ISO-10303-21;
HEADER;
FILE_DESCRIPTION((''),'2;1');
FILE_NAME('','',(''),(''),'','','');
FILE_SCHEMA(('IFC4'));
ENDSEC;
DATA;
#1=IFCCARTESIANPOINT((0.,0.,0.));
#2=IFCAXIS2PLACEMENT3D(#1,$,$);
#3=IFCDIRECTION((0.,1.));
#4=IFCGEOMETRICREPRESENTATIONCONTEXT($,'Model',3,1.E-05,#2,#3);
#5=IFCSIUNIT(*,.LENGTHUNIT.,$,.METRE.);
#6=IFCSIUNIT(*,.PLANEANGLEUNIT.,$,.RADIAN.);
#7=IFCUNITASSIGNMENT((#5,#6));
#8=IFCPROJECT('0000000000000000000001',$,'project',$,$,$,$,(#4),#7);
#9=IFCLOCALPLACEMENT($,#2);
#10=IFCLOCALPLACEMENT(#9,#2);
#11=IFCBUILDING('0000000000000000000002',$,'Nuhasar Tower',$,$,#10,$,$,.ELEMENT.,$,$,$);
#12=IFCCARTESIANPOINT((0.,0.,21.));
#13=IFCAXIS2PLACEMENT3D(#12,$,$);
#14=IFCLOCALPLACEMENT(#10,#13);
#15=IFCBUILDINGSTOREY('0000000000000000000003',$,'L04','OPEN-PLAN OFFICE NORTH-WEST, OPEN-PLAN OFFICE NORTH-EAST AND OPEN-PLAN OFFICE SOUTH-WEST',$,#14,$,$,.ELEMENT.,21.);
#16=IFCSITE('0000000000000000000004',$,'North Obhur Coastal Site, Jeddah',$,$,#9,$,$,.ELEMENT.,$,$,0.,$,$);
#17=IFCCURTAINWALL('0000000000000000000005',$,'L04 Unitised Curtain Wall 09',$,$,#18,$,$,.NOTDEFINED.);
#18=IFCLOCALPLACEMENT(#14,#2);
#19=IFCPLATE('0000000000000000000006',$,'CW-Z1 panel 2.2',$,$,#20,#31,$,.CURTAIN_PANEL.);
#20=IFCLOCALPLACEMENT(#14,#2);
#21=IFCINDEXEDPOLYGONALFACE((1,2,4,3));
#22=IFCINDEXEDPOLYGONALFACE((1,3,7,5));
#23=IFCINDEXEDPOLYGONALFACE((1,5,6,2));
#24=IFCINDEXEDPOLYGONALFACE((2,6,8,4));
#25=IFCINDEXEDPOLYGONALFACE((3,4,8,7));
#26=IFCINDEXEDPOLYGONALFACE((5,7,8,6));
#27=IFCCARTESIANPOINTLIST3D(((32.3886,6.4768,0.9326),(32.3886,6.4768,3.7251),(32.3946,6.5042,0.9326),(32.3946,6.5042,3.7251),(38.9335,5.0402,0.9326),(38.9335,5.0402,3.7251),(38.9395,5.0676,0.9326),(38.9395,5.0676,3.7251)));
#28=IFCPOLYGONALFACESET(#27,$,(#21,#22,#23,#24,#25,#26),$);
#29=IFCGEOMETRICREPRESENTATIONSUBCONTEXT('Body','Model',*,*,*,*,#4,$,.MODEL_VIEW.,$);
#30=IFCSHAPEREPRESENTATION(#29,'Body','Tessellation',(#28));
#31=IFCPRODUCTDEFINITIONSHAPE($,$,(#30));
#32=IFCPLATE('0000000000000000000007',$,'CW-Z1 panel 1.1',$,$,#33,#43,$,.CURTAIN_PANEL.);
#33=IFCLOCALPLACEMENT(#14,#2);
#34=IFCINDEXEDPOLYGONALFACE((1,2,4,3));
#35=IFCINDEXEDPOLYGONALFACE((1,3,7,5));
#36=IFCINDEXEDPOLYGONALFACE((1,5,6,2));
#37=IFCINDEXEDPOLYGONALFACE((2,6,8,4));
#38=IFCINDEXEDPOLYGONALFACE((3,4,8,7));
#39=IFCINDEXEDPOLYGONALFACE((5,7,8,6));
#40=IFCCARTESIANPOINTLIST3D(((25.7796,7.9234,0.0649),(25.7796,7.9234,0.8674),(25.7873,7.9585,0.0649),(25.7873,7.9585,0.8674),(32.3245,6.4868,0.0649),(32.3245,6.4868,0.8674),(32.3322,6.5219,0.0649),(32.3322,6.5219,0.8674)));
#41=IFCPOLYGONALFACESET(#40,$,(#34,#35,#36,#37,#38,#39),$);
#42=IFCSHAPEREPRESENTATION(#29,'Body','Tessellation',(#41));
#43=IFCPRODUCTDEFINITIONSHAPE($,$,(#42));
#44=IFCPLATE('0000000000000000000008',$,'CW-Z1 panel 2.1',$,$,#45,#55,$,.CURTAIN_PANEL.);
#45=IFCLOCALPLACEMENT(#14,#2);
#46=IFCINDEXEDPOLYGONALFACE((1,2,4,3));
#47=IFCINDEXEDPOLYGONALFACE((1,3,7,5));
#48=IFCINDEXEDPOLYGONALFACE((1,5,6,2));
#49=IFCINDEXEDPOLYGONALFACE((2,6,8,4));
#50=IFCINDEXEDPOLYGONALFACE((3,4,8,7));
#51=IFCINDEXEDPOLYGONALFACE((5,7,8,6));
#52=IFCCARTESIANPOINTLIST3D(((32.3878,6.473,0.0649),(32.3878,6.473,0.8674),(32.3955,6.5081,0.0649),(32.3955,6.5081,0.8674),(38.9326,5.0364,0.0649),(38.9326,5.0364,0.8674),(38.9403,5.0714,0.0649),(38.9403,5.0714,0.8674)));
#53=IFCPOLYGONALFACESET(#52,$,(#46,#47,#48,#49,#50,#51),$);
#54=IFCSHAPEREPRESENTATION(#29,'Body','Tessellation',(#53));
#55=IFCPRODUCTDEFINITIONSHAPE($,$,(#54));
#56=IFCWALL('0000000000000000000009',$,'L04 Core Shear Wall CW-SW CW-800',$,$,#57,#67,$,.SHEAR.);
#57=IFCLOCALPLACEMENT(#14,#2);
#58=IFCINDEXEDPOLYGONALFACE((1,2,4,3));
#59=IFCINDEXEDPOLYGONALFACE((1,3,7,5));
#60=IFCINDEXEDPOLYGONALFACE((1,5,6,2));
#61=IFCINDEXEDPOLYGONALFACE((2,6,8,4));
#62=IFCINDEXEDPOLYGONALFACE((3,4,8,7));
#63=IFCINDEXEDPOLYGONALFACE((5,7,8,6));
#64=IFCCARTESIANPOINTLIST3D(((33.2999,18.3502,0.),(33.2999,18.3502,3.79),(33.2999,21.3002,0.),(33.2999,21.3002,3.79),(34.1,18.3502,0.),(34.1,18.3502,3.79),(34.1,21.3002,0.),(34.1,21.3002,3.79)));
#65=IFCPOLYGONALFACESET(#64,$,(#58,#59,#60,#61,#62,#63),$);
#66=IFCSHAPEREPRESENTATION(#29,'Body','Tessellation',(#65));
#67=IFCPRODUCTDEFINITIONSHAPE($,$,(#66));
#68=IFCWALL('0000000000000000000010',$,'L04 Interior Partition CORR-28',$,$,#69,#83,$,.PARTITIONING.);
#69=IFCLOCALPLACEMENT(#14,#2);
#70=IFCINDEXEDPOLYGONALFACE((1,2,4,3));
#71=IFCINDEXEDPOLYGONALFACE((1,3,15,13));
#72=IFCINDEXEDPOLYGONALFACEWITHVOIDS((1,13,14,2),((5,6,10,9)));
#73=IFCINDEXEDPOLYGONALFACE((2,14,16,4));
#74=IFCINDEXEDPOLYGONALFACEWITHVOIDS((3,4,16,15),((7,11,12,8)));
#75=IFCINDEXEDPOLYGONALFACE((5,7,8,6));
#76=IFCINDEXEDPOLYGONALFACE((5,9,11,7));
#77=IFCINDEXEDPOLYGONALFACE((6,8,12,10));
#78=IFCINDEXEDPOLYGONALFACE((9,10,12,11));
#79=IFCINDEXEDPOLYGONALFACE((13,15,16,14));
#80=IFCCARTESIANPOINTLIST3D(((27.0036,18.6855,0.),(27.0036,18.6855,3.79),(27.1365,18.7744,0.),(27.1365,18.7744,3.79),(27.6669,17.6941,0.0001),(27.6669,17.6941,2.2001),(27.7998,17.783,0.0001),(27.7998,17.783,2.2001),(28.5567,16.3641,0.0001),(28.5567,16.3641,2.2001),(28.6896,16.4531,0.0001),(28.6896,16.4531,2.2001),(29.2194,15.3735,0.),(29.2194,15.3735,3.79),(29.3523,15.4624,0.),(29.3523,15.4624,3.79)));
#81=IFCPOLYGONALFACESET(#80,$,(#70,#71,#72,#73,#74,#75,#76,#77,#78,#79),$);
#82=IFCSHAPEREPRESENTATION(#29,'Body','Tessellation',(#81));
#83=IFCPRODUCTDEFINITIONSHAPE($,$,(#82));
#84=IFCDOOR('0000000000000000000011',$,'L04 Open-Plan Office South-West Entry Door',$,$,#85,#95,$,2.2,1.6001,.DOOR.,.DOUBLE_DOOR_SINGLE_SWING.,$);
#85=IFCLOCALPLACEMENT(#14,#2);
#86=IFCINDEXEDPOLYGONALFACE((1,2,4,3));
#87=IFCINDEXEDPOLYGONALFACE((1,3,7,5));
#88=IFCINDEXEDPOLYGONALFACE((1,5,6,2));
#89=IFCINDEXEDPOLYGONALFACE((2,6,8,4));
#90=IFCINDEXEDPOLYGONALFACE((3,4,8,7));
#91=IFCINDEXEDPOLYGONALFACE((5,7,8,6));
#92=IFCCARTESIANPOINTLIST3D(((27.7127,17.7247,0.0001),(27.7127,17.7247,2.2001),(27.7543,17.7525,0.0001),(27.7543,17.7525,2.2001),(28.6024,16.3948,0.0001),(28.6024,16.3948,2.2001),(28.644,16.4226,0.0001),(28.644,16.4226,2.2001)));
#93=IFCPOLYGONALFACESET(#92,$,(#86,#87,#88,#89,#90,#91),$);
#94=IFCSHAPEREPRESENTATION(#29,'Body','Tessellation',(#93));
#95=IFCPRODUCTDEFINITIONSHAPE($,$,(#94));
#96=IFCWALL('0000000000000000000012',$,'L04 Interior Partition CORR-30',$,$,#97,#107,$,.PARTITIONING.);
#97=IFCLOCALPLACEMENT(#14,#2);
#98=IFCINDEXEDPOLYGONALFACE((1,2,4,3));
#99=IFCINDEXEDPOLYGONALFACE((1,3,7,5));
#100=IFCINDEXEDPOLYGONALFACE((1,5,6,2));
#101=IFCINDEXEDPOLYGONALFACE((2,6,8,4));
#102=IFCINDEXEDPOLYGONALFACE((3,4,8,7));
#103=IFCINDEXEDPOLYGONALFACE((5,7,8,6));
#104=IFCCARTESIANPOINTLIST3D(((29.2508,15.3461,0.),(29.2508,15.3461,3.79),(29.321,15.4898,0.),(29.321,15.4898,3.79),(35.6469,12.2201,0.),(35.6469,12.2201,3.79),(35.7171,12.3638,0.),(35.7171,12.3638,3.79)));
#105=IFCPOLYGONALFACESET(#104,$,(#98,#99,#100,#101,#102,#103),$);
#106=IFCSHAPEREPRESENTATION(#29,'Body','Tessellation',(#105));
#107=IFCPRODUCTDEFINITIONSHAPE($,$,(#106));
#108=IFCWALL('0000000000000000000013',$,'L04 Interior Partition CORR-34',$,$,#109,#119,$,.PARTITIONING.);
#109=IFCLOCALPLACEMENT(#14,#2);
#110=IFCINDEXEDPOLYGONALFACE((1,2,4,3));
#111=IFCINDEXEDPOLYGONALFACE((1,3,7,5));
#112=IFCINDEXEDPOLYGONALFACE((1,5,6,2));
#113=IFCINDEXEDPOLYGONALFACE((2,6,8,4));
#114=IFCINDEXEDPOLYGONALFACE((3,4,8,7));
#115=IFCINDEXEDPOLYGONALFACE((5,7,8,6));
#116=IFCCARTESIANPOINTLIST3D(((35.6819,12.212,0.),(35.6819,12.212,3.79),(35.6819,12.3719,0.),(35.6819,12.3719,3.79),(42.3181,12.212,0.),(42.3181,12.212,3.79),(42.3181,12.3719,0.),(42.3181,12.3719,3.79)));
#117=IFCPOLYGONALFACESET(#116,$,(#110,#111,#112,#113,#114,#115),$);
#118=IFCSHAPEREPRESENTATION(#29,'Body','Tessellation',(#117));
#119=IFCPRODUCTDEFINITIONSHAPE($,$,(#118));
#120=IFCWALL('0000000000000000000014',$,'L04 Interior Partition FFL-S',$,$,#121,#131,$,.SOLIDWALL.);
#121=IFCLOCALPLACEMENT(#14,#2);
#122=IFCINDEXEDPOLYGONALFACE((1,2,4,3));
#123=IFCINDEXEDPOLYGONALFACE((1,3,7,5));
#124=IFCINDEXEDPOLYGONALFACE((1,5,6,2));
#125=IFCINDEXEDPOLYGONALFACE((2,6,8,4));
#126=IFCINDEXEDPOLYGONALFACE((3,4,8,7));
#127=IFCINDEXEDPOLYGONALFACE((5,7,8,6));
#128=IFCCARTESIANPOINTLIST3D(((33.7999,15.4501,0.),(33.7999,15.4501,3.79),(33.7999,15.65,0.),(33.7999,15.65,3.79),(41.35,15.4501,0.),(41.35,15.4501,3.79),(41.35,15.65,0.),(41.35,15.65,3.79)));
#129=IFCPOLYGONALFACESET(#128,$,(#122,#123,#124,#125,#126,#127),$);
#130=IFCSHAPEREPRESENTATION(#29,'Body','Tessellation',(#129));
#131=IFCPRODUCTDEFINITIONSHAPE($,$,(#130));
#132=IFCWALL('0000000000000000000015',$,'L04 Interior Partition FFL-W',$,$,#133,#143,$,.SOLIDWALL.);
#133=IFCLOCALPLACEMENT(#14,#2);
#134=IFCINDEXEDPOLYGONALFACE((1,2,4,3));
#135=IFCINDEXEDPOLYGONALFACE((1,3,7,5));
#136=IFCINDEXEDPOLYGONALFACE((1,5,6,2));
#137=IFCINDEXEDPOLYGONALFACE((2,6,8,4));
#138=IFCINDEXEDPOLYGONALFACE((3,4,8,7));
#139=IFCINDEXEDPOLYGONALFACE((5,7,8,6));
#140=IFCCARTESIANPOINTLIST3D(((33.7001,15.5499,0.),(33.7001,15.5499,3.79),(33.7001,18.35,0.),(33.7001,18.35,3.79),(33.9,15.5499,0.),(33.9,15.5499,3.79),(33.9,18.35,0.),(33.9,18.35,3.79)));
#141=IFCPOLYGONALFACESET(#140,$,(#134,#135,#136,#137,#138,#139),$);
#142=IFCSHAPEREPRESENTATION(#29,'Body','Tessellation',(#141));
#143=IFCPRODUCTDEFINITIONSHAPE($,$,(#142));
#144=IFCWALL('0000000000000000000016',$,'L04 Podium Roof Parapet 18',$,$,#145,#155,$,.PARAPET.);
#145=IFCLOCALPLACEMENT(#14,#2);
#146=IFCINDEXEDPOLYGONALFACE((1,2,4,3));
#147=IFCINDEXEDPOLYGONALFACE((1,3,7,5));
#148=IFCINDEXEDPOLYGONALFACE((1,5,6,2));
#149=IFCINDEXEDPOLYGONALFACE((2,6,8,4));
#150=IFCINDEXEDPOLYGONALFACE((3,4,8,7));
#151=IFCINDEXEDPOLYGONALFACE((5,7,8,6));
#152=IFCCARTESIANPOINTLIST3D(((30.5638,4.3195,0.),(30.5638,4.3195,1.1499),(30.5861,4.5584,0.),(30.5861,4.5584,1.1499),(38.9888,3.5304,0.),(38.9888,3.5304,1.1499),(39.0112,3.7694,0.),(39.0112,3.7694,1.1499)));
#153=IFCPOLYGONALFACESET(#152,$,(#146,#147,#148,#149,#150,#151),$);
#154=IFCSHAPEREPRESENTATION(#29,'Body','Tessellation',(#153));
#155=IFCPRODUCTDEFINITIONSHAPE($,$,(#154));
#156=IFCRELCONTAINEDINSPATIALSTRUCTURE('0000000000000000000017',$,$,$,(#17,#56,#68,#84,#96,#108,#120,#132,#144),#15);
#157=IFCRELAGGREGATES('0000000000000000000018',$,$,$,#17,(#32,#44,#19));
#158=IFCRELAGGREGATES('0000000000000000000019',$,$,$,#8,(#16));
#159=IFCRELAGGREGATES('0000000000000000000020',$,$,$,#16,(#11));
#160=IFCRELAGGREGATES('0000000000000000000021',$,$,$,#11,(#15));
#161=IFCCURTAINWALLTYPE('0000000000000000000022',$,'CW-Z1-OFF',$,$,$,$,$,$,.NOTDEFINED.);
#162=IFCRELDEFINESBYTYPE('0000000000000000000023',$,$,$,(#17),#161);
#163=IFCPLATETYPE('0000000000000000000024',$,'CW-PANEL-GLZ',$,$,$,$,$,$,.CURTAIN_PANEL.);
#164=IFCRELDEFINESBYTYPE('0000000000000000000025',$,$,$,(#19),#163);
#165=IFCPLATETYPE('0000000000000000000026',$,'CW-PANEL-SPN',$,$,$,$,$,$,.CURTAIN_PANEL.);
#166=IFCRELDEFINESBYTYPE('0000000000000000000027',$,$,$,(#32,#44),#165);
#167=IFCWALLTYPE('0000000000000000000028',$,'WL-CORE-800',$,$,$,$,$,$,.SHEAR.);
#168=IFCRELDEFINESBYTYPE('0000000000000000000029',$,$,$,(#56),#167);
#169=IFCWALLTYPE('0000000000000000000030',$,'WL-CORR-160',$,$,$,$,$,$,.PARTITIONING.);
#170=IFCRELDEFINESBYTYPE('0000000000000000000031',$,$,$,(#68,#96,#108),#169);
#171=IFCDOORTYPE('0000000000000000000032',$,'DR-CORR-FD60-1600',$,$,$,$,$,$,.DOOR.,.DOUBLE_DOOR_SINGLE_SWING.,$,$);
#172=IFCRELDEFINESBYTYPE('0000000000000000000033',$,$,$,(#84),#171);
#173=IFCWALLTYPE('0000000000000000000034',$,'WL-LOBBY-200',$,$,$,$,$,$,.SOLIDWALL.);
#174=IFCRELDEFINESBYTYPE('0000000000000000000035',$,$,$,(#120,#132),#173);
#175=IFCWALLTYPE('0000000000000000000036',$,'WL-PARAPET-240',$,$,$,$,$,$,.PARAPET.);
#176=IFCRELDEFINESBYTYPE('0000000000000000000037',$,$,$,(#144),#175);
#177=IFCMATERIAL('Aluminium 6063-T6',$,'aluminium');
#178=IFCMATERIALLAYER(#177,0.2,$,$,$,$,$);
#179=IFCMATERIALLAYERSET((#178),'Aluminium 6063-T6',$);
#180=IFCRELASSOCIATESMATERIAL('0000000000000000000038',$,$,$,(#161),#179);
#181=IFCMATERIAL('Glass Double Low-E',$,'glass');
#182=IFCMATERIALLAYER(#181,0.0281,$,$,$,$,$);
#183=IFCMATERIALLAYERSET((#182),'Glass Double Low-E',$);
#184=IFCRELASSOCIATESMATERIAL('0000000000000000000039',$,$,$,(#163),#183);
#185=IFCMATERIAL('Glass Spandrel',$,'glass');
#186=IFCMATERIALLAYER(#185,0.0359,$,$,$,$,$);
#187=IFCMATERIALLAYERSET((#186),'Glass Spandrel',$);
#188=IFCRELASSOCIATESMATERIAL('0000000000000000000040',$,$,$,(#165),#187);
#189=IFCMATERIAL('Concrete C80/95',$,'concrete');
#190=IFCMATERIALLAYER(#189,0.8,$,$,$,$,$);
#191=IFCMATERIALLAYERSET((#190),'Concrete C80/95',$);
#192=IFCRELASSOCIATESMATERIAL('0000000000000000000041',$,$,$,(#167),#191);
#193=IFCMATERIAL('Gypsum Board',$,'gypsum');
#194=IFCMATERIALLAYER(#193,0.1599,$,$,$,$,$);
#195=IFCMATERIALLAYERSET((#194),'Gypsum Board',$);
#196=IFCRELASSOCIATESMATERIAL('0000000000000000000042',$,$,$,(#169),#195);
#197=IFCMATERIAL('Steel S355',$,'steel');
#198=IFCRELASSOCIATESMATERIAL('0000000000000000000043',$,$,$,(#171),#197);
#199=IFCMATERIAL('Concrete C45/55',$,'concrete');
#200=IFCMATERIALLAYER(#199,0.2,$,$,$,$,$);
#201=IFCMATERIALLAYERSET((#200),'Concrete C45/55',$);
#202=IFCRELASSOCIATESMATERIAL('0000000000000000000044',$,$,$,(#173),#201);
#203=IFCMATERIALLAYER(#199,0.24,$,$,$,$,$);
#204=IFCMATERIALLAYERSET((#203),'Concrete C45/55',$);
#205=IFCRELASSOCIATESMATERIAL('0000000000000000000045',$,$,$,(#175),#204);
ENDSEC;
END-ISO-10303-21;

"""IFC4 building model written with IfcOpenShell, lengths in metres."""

from ifc_helpers import new_model, si_unit, direction, frame, frame_2d, origin, origin_2d, place, context, subcontext, project, spatial, rectangle, extrude, material, layer, layer_set, type_object, element, fill, aggregate, save


model = new_model("IFC4")

# Units and contexts
model_context = context("Model", 3, precision=1e-05, world=origin(), true_north=direction((0.0, 1.0)))
body_context = subcontext(model_context, "Body", "Model", "MODEL_VIEW")
ifc_project = project(units=[si_unit("LENGTHUNIT", "METRE"), si_unit("PLANEANGLEUNIT", "RADIAN")], contexts=[model_context])

# Site, building, storey
site_placement = place(None, origin())
site = spatial("IfcSite", under=ifc_project, at=site_placement, Name="North Obhur Coastal Site, Jeddah", CompositionType="ELEMENT", RefElevation=0.0)
building_placement = place(site_placement, origin())
building = spatial("IfcBuilding", under=site, at=building_placement, Name="Nuhasar Tower", CompositionType="ELEMENT")
storey_placement = place(building_placement, frame((0.0, 0.0, 21.0)))
storey = spatial("IfcBuildingStorey", under=building, at=storey_placement, Name="L04", Description="OPEN-PLAN OFFICE NORTH-WEST, OPEN-PLAN OFFICE NORTH-EAST AND OPEN-PLAN OFFICE SOUTH-WEST", CompositionType="ELEMENT", Elevation=21.0)

# Shared definitions
ifc_material_1 = material(Name="Concrete C80/95", Category="concrete")

# Shared definitions
ifc_material_2 = material(Name="Steel S355", Category="steel")

# Curtain wall
ifc_material_3 = material(Name="Aluminium 6063-T6", Category="aluminium")
ifc_layer_1 = layer(ifc_material_3, 0.2)
ifc_layer_set_1 = layer_set([ifc_layer_1], Name="Aluminium 6063-T6")
curtain_wall_type = type_object("IfcCurtainWallType", Name="CW-Z1-OFF", PredefinedType="NOTDEFINED", material=ifc_layer_set_1)
curtain_wall_placement = place(storey_placement, origin())
curtain_wall = element("IfcCurtainWall", 1, at=curtain_wall_placement, inside=storey, type_object=curtain_wall_type, Name="L04 Unitised Curtain Wall 09", PredefinedType="NOTDEFINED")

# Plates
ifc_material_4 = material(Name="Glass Double Low-E", Category="glass")
ifc_layer_2 = layer(ifc_material_4, 0.0281)
ifc_layer_set_2 = layer_set([ifc_layer_2], Name="Glass Double Low-E")
plate_type_1 = type_object("IfcPlateType", Name="CW-PANEL-GLZ", PredefinedType="CURTAIN_PANEL", material=ifc_layer_set_2)
plate_1_placement = place(storey_placement, frame((35.6641, 5.7722, 0.9326), z_axis=(0.0, 0.0, 1.0), x_axis=(0.976746, -0.214399, 0.0)))
plate_1 = element("IfcPlate", 2, at=plate_1_placement, type_object=plate_type_1, Name="CW-Z1 panel 2.2", PredefinedType="CURTAIN_PANEL", context=body_context, shape_type="SweptSolid", body=[
    extrude(rectangle(XDim=6.7007, YDim=0.0281, at=origin_2d()), origin(), (0.0, 0.0, 1.0), 2.7925),
])
ifc_material_5 = material(Name="Glass Spandrel", Category="glass")
ifc_layer_3 = layer(ifc_material_5, 0.0359)
ifc_layer_set_3 = layer_set([ifc_layer_3], Name="Glass Spandrel")
plate_type_2 = type_object("IfcPlateType", Name="CW-PANEL-SPN", PredefinedType="CURTAIN_PANEL", material=ifc_layer_set_3)
plate_2_placement = place(storey_placement, frame((29.0559, 7.2227, 0.0649), z_axis=(0.0, 0.0, 1.0), x_axis=(0.976746, -0.214399, 0.0)))
plate_2 = element("IfcPlate", 3, at=plate_2_placement, type_object=plate_type_2, Name="CW-Z1 panel 1.1", PredefinedType="CURTAIN_PANEL", context=body_context, shape_type="SweptSolid", body=[
    extrude(rectangle(XDim=6.7007, YDim=0.0359, at=origin_2d()), origin(), (0.0, 0.0, 1.0), 0.8025),
])
plate_3_placement = place(storey_placement, frame((35.6641, 5.7722, 0.0649), z_axis=(0.0, 0.0, 1.0), x_axis=(0.976746, -0.214399, 0.0)))
plate_3 = element("IfcPlate", 4, at=plate_3_placement, type_object=plate_type_2, Name="CW-Z1 panel 2.1", PredefinedType="CURTAIN_PANEL", context=body_context, shape_type="SweptSolid", body=[
    extrude(rectangle(XDim=6.7007, YDim=0.0359, at=origin_2d()), origin(), (0.0, 0.0, 1.0), 0.8025),
])
aggregate(curtain_wall, [plate_2, plate_3, plate_1])

# Wall
ifc_layer_4 = layer(ifc_material_1, 0.8)
ifc_layer_set_4 = layer_set([ifc_layer_4], Name="Concrete C80/95")
wall_type_1 = type_object("IfcWallType", Name="WL-CORE-800", PredefinedType="SHEAR", material=ifc_layer_set_4)
wall_1_placement = place(storey_placement, frame((33.7, 18.3501, 0.0), z_axis=(0.0, 0.0, 1.0), x_axis=(0.0, 1.0, 0.0)))
element("IfcWall", 5, at=wall_1_placement, inside=storey, type_object=wall_type_1, Name="L04 Core Shear Wall CW-SW CW-800", PredefinedType="SHEAR", context=body_context, shape_type="SweptSolid", body=[
    extrude(rectangle(XDim=2.95, YDim=0.8, at=frame_2d((1.4751, 0.0))), origin(), (0.0, 0.0, 1.0), 3.79),
])

# Wall, opening, door
ifc_material_6 = material(Name="Gypsum Board", Category="gypsum")
ifc_layer_5 = layer(ifc_material_6, 0.1599)
ifc_layer_set_5 = layer_set([ifc_layer_5], Name="Gypsum Board")
wall_type_2 = type_object("IfcWallType", Name="WL-CORR-160", PredefinedType="PARTITIONING", material=ifc_layer_set_5)
wall_2_placement = place(storey_placement, frame((29.2859, 15.418, 0.0), z_axis=(0.0, 0.0, 1.0), x_axis=(-0.556057, 0.831144, 0.0)))
wall_2 = element("IfcWall", 6, at=wall_2_placement, inside=storey, type_object=wall_type_2, Name="L04 Interior Partition CORR-28", PredefinedType="PARTITIONING", context=body_context, shape_type="SweptSolid", body=[
    extrude(rectangle(XDim=3.9849, YDim=0.1599, at=frame_2d((1.9924, 0.0))), origin(), (0.0, 0.0, 1.0), 3.79),
])
opening_1_placement = place(wall_2_placement, frame((1.1919, 0.0, 0.0)))
opening_1 = element("IfcOpeningElement", 7, at=opening_1_placement, cuts=wall_2, PredefinedType="OPENING", context=body_context, shape_type="SweptSolid", body=[
    extrude(rectangle(XDim=1.6001, YDim=2.2, at=frame_2d((0.8, 1.1001))), frame((0.0, 0.0898, 0.0), z_axis=(0.0, -1.0, 0.0), x_axis=(1.0, 0.0, 0.0)), (0.0, 0.0, 1.0), 0.1799),
])
door_type_1 = type_object("IfcDoorType", Name="DR-CORR-FD60-1600", OperationType="DOUBLE_DOOR_SINGLE_SWING", PredefinedType="DOOR", material=ifc_material_2)
door_1_placement = place(opening_1_placement, origin())
door_1 = element("IfcDoor", 8, at=door_1_placement, inside=storey, type_object=door_type_1, Name="L04 Open-Plan Office South-West Entry Door", OperationType="DOUBLE_DOOR_SINGLE_SWING", OverallHeight=2.2, OverallWidth=1.6001, PredefinedType="DOOR", context=body_context, shape_type="SweptSolid", body=[
    extrude(rectangle(XDim=1.6001, YDim=2.2, at=frame_2d((0.8, 1.1001))), frame((0.0, 0.0249, 0.0), z_axis=(0.0, -1.0, 0.0), x_axis=(1.0, 0.0, 0.0)), (0.0, 0.0, 1.0), 0.05),
])
fill(opening_1, door_1)

# Walls
wall_3_placement = place(storey_placement, frame((29.2859, 15.418, 0.0), z_axis=(0.0, 0.0, 1.0), x_axis=(0.898437, -0.439102, 0.0)))
element("IfcWall", 9, at=wall_3_placement, inside=storey, type_object=wall_type_2, Name="L04 Interior Partition CORR-30", PredefinedType="PARTITIONING", context=body_context, shape_type="SweptSolid", body=[
    extrude(rectangle(XDim=7.1191, YDim=0.1599, at=frame_2d((3.5596, 0.0))), origin(), (0.0, 0.0, 1.0), 3.79),
])
wall_4_placement = place(storey_placement, frame((35.6819, 12.292, 0.0), z_axis=(0.0, 0.0, 1.0), x_axis=(1.0, 0.0, 0.0)))
element("IfcWall", 10, at=wall_4_placement, inside=storey, type_object=wall_type_2, Name="L04 Interior Partition CORR-34", PredefinedType="PARTITIONING", context=body_context, shape_type="SweptSolid", body=[
    extrude(rectangle(XDim=6.6362, YDim=0.1599, at=frame_2d((3.3181, 0.0))), origin(), (0.0, 0.0, 1.0), 3.79),
])
ifc_material_7 = material(Name="Concrete C45/55", Category="concrete")
ifc_layer_6 = layer(ifc_material_7, 0.2)
ifc_layer_set_6 = layer_set([ifc_layer_6], Name="Concrete C45/55")
wall_type_3 = type_object("IfcWallType", Name="WL-LOBBY-200", PredefinedType="SOLIDWALL", material=ifc_layer_set_6)
wall_5_placement = place(storey_placement, frame((33.8, 15.55, 0.0), z_axis=(0.0, 0.0, 1.0), x_axis=(1.0, 0.0, 0.0)))
element("IfcWall", 11, at=wall_5_placement, inside=storey, type_object=wall_type_3, Name="L04 Interior Partition FFL-S", PredefinedType="SOLIDWALL", context=body_context, shape_type="SweptSolid", body=[
    extrude(rectangle(XDim=7.55, YDim=0.2, at=frame_2d((3.7749, 0.0))), origin(), (0.0, 0.0, 1.0), 3.79),
])
wall_6_placement = place(storey_placement, frame((33.8, 15.55, 0.0), z_axis=(0.0, 0.0, 1.0), x_axis=(0.0, 1.0, 0.0)))
element("IfcWall", 12, at=wall_6_placement, inside=storey, type_object=wall_type_3, Name="L04 Interior Partition FFL-W", PredefinedType="SOLIDWALL", context=body_context, shape_type="SweptSolid", body=[
    extrude(rectangle(XDim=2.8, YDim=0.2, at=frame_2d((1.3999, 0.0))), origin(), (0.0, 0.0, 1.0), 3.79),
])
ifc_layer_7 = layer(ifc_material_7, 0.24)
ifc_layer_set_7 = layer_set([ifc_layer_7], Name="Concrete C45/55")
wall_type_4 = type_object("IfcWallType", Name="WL-PARAPET-240", PredefinedType="PARAPET", material=ifc_layer_set_7)
wall_7_placement = place(storey_placement, frame((30.575, 4.439, 0.0), z_axis=(0.0, 0.0, 1.0), x_axis=(0.995643, -0.093249, 0.0)))
element("IfcWall", 13, at=wall_7_placement, inside=storey, type_object=wall_type_4, Name="L04 Podium Roof Parapet 18", PredefinedType="PARAPET", context=body_context, shape_type="SweptSolid", body=[
    extrude(rectangle(XDim=8.4619, YDim=0.24, at=frame_2d((4.231, 0.0))), origin(), (0.0, 0.0, 1.0), 1.1499),
])

save(model, "model.ifc")
